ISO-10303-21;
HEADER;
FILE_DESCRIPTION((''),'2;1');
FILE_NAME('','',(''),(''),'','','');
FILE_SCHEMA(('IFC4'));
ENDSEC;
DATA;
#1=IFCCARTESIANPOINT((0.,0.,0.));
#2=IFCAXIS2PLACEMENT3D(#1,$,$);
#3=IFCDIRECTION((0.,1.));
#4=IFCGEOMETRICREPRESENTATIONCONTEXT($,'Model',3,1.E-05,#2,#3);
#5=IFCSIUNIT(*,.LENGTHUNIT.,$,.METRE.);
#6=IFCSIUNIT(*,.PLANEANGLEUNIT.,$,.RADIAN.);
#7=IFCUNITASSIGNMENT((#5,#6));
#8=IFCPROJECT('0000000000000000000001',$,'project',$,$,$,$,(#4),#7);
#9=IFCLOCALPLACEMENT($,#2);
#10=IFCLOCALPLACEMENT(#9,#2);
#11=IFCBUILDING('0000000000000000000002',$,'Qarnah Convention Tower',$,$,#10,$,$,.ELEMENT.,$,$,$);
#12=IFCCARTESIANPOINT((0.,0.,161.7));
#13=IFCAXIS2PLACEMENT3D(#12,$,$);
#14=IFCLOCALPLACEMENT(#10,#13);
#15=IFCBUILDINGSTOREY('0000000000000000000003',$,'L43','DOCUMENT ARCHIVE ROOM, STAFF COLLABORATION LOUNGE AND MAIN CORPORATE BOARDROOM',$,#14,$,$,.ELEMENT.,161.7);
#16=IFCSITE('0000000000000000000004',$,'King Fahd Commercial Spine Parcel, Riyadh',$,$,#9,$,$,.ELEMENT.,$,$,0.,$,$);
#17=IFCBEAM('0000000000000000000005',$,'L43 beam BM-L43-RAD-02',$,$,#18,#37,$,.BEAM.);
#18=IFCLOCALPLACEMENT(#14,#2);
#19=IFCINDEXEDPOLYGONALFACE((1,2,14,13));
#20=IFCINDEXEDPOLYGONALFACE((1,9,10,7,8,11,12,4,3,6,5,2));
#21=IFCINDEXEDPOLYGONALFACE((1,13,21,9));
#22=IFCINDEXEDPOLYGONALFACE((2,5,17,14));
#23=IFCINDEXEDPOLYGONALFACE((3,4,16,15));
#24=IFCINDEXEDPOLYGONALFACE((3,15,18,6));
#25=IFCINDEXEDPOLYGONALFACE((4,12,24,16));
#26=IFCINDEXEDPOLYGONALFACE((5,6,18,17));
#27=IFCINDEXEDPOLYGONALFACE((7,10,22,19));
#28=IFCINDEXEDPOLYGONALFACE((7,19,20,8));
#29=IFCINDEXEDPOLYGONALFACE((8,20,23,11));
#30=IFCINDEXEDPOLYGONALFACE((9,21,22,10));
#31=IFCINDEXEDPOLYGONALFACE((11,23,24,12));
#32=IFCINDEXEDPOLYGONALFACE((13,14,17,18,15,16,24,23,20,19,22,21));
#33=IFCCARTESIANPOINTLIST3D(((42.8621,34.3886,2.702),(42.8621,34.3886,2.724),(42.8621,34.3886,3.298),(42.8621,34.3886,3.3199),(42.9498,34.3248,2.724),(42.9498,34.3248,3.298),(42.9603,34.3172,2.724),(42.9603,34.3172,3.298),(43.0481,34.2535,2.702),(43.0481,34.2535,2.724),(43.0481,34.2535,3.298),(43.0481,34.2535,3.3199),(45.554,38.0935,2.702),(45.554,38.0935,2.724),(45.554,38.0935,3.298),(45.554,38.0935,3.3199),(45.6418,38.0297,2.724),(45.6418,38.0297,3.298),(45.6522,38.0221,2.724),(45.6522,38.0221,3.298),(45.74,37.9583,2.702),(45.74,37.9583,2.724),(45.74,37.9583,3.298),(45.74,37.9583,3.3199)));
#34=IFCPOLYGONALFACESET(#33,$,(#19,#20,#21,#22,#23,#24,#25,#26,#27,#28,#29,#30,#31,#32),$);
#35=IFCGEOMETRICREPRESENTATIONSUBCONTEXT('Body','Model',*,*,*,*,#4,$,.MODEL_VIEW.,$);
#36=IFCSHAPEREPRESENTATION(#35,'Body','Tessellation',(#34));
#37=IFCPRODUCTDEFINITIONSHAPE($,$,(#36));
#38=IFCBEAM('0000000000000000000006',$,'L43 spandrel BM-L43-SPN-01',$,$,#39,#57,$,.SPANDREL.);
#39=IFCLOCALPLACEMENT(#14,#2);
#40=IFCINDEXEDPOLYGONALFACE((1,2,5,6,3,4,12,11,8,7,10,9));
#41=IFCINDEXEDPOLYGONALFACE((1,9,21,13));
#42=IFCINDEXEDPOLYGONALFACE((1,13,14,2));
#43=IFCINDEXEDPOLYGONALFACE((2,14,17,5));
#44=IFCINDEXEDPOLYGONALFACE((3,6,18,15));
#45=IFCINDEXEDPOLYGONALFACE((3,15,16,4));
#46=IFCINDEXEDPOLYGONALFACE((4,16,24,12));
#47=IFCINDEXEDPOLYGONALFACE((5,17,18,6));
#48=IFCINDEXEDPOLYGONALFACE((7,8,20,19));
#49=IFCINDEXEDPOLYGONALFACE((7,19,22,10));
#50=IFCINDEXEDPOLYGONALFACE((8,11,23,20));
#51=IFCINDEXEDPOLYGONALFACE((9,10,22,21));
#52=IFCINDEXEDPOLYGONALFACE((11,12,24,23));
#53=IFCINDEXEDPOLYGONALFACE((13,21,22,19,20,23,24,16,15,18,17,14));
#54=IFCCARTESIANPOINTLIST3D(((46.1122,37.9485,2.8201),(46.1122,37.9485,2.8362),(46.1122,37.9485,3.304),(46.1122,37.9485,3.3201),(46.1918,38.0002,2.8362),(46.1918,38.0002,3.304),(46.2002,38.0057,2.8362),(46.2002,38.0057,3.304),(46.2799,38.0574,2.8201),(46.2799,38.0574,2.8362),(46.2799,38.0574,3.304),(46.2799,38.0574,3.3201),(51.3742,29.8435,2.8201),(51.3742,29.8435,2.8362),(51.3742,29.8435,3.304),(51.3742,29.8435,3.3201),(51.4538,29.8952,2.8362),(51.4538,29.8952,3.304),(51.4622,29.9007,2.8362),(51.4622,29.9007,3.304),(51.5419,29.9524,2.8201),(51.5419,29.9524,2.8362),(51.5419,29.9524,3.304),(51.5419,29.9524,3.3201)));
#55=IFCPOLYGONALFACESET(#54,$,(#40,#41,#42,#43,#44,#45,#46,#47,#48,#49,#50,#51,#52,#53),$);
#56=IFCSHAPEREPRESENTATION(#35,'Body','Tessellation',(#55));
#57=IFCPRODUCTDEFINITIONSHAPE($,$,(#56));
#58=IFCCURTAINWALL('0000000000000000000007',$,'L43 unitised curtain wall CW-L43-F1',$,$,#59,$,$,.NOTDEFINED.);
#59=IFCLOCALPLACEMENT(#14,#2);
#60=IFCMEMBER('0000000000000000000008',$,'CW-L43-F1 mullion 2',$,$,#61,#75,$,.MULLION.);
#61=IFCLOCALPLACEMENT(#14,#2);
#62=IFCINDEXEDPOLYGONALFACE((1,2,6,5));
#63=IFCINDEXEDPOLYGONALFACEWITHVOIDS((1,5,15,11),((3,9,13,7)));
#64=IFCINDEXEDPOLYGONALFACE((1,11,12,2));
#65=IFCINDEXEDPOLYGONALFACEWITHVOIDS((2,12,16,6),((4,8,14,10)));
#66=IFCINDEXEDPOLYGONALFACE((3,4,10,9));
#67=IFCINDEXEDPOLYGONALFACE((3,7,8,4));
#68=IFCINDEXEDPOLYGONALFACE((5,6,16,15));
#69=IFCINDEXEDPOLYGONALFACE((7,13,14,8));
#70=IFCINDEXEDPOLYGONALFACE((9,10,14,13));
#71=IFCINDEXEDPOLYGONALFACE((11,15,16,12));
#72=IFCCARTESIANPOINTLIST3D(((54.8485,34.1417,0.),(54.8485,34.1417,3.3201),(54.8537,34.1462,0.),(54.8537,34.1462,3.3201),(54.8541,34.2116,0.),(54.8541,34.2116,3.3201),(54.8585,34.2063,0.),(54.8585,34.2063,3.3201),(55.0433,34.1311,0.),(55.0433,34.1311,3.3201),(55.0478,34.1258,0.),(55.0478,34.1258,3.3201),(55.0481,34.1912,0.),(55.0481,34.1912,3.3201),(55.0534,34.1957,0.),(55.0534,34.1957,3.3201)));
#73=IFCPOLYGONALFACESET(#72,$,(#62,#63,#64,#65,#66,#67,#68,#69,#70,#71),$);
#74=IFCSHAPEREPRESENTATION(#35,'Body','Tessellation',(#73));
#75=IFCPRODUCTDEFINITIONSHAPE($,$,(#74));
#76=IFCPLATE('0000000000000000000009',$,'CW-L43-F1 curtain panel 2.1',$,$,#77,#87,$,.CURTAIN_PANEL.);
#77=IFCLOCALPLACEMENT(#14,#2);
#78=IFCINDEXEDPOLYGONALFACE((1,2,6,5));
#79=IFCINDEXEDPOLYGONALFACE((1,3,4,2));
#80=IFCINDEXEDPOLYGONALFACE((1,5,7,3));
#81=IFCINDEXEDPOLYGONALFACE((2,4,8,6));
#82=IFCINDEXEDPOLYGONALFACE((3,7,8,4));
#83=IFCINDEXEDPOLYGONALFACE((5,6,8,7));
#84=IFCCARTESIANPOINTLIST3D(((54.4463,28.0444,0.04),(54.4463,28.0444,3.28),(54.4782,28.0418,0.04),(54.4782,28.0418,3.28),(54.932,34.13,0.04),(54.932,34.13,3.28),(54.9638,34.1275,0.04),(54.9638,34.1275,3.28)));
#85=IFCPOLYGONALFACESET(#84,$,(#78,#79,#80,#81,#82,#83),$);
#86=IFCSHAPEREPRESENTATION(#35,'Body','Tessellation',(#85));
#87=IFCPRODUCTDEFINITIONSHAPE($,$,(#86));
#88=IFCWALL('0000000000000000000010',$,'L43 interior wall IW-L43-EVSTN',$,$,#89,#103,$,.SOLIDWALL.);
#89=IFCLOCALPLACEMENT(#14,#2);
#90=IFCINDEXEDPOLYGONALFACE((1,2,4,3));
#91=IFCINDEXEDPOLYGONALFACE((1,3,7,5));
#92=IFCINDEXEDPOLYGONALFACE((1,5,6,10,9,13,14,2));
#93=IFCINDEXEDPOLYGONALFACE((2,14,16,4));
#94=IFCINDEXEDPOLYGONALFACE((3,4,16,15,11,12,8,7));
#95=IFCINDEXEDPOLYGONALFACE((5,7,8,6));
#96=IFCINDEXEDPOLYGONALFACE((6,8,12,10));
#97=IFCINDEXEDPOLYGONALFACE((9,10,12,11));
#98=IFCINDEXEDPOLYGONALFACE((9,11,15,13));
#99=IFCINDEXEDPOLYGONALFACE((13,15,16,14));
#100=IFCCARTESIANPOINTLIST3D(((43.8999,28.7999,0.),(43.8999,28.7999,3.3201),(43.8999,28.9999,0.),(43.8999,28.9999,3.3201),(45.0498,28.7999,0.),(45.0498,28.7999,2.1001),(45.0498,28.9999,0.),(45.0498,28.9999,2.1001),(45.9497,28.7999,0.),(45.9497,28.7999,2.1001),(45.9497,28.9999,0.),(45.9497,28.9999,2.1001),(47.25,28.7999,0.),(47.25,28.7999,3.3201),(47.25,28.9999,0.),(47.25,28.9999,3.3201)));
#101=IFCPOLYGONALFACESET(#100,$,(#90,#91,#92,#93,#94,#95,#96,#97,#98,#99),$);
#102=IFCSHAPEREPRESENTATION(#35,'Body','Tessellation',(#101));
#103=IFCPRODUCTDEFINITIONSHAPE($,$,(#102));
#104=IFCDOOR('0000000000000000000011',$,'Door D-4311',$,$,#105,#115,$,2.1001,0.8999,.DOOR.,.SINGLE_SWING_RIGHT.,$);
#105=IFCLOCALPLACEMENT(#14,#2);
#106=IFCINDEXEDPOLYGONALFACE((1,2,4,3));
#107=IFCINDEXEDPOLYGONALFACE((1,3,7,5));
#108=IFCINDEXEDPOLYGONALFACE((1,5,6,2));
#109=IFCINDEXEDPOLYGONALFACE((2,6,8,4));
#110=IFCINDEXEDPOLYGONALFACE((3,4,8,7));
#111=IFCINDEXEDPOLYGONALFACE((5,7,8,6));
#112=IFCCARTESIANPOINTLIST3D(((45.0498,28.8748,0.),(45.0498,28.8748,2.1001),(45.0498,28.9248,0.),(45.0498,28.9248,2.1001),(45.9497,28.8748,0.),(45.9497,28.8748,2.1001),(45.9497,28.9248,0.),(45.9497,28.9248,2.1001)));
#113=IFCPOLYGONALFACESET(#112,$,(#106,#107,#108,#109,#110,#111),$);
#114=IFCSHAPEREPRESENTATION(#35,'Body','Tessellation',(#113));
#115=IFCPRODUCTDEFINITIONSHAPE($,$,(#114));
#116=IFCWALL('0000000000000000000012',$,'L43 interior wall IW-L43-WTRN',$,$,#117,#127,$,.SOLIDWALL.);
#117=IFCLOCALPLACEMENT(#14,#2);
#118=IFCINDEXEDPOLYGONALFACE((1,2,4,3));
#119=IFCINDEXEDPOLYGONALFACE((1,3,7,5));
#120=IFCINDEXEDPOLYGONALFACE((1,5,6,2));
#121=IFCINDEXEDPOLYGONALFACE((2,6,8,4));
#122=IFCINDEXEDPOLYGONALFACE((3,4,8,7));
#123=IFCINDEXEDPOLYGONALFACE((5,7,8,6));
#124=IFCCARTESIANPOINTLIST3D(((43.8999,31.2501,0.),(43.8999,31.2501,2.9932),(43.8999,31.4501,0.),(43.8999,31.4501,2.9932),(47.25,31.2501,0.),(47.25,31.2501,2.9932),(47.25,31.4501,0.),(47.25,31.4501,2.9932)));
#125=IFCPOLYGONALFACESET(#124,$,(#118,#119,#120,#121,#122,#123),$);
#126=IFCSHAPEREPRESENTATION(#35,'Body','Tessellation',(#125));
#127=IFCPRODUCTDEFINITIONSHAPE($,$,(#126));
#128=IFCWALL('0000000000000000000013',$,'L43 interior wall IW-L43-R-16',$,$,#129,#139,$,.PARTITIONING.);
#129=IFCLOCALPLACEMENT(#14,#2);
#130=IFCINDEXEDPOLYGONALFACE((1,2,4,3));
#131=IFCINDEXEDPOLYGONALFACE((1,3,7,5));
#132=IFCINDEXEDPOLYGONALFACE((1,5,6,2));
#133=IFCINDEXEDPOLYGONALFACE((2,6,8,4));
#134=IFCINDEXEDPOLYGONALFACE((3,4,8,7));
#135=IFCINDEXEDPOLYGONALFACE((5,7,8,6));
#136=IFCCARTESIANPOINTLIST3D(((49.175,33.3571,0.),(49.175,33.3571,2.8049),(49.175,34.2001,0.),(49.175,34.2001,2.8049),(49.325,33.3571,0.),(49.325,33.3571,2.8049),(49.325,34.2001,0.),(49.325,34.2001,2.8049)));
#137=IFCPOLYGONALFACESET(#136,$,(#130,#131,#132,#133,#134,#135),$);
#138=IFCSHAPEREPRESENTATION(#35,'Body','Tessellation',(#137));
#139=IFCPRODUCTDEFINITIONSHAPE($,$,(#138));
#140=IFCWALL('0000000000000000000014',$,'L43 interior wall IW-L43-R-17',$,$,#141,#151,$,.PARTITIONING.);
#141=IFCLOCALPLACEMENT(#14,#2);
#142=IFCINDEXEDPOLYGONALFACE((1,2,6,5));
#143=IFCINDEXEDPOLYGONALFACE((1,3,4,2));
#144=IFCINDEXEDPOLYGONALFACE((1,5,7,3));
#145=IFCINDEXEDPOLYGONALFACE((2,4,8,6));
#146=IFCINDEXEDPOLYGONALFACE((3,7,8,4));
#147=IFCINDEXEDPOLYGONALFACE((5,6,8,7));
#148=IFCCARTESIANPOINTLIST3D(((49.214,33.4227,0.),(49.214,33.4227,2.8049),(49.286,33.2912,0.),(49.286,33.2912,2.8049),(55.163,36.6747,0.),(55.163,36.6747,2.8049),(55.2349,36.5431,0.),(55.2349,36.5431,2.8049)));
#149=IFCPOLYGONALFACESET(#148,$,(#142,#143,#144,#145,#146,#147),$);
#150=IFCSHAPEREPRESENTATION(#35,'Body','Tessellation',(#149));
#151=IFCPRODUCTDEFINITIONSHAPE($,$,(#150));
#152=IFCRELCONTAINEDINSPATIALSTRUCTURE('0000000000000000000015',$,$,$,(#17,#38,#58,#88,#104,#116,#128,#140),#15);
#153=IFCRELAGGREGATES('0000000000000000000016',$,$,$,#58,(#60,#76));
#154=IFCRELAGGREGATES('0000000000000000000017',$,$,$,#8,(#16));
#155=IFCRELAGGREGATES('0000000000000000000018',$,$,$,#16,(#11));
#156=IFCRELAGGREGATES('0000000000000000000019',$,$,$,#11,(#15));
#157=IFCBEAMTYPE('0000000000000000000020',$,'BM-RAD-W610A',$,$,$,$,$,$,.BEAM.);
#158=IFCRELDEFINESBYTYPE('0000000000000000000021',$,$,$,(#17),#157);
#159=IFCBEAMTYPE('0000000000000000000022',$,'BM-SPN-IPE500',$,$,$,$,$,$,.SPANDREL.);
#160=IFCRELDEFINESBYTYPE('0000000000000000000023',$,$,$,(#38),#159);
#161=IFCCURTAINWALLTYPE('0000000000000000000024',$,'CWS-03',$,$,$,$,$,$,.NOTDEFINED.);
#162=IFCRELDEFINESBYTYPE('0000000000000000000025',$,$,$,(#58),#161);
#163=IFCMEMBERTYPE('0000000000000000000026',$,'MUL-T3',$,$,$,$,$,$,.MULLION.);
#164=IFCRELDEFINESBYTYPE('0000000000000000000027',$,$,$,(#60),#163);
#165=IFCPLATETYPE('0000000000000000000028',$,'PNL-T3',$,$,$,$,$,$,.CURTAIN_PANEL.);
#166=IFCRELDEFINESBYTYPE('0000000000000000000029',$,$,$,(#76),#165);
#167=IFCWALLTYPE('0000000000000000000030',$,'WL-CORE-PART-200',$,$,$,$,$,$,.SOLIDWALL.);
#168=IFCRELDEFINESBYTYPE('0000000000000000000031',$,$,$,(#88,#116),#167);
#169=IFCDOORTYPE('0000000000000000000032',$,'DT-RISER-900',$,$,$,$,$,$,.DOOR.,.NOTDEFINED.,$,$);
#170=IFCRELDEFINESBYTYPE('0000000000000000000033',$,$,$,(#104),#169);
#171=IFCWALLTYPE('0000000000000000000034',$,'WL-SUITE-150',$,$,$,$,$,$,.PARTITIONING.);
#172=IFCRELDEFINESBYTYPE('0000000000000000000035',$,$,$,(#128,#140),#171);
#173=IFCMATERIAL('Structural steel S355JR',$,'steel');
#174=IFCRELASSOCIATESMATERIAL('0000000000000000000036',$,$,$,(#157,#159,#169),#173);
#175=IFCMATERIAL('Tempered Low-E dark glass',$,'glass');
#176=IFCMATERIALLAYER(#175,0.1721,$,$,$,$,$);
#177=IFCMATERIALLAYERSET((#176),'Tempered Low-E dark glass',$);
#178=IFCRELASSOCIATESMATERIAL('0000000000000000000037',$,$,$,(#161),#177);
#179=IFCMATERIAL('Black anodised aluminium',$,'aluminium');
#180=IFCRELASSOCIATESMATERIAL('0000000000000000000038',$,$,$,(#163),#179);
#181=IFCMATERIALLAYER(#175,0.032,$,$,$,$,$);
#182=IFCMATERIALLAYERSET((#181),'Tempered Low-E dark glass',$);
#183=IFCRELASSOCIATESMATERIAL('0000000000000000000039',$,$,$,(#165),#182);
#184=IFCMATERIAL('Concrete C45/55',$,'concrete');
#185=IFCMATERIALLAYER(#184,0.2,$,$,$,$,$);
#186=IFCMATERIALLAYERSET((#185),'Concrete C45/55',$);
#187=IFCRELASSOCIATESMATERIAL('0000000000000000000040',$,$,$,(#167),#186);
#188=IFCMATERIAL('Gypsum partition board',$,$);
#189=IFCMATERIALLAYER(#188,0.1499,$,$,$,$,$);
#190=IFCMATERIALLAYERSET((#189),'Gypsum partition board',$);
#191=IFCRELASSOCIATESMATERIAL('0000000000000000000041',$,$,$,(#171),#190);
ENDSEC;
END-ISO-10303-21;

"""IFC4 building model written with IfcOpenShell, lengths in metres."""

from ifc_helpers import new_model, si_unit, direction, frame, frame_2d, origin, origin_2d, place, context, subcontext, project, spatial, rectangle, hollow_rectangle, i_section, extrude, material, layer, layer_set, material_profile, profile_set, type_object, element, fill, aggregate, save


model = new_model("IFC4")

# Units and contexts
model_context = context("Model", 3, precision=1e-05, world=origin(), true_north=direction((0.0, 1.0)))
body_context = subcontext(model_context, "Body", "Model", "MODEL_VIEW")
ifc_project = project(units=[si_unit("LENGTHUNIT", "METRE"), si_unit("PLANEANGLEUNIT", "RADIAN")], contexts=[model_context])

# Site, building, storey
site_placement = place(None, origin())
site = spatial("IfcSite", under=ifc_project, at=site_placement, Name="King Fahd Commercial Spine Parcel, Riyadh", CompositionType="ELEMENT", RefElevation=0.0)
building_placement = place(site_placement, origin())
building = spatial("IfcBuilding", under=site, at=building_placement, Name="Qarnah Convention Tower", CompositionType="ELEMENT")
storey_placement = place(building_placement, frame((0.0, 0.0, 161.7)))
storey = spatial("IfcBuildingStorey", under=building, at=storey_placement, Name="L43", Description="DOCUMENT ARCHIVE ROOM, STAFF COLLABORATION LOUNGE AND MAIN CORPORATE BOARDROOM", CompositionType="ELEMENT", Elevation=161.7)

# Beams
ifc_material_1 = material(Name="Structural steel S355JR", Category="steel")
ifc_material_profile_1 = material_profile(ifc_material_1, i_section(OverallWidth=0.23, OverallDepth=0.6179, WebThickness=0.0129, FlangeThickness=0.022, at=origin_2d()), Name="W610X140")
ifc_profile_set_1 = profile_set([ifc_material_profile_1], Name="Structural steel S355JR")
beam_type_1 = type_object("IfcBeamType", Name="BM-RAD-W610A", PredefinedType="BEAM", material=ifc_profile_set_1)
beam_1_placement = place(storey_placement, frame((42.9551, 34.321, 3.011), z_axis=(0.58781, 0.808999, 0.0), x_axis=(-0.808999, 0.58781, 0.0)))
element("IfcBeam", 1, at=beam_1_placement, inside=storey, type_object=beam_type_1, Name="L43 beam BM-L43-RAD-02", PredefinedType="BEAM", context=body_context, shape_type="SweptSolid", body=[
    extrude(i_section(OverallWidth=0.23, OverallDepth=0.6179, WebThickness=0.0129, FlangeThickness=0.022, at=origin_2d()), origin(), (0.0, 0.0, 1.0), 4.5796),
])
ifc_material_profile_2 = material_profile(ifc_material_1, i_section(OverallWidth=0.2, OverallDepth=0.5, WebThickness=0.01, FlangeThickness=0.0161, at=origin_2d()), Name="IPE500")
ifc_profile_set_2 = profile_set([ifc_material_profile_2], Name="Structural steel S355JR")
beam_type_2 = type_object("IfcBeamType", Name="BM-SPN-IPE500", PredefinedType="SPANDREL", material=ifc_profile_set_2)
beam_2_placement = place(storey_placement, frame((51.458, 29.8979, 3.0701), z_axis=(-0.544532, 0.83874, 0.0), x_axis=(-0.83874, -0.544532, 0.0)))
element("IfcBeam", 2, at=beam_2_placement, inside=storey, type_object=beam_type_2, Name="L43 spandrel BM-L43-SPN-01", PredefinedType="SPANDREL", context=body_context, shape_type="SweptSolid", body=[
    extrude(i_section(OverallWidth=0.2, OverallDepth=0.5, WebThickness=0.01, FlangeThickness=0.0161, at=origin_2d()), origin(), (0.0, 0.0, 1.0), 9.6633),
])

# Curtain wall, member, plate
ifc_material_2 = material(Name="Tempered Low-E dark glass", Category="glass")
ifc_layer_1 = layer(ifc_material_2, 0.1721)
ifc_layer_set_1 = layer_set([ifc_layer_1], Name="Tempered Low-E dark glass")
curtain_wall_type = type_object("IfcCurtainWallType", Name="CWS-03", PredefinedType="NOTDEFINED", material=ifc_layer_set_1)
curtain_wall_placement = place(storey_placement, origin())
curtain_wall = element("IfcCurtainWall", 3, at=curtain_wall_placement, inside=storey, type_object=curtain_wall_type, Name="L43 unitised curtain wall CW-L43-F1", PredefinedType="NOTDEFINED")
ifc_material_3 = material(Name="Black anodised aluminium", Category="aluminium")
ifc_material_profile_3 = material_profile(ifc_material_3, hollow_rectangle(XDim=0.0701, YDim=0.2, WallThickness=0.0049, at=origin_2d()), Name="MUL-70X200")
ifc_profile_set_3 = profile_set([ifc_material_profile_3], Name="Black anodised aluminium")
member_type = type_object("IfcMemberType", Name="MUL-T3", PredefinedType="MULLION", material=ifc_profile_set_3)
member_placement = place(storey_placement, frame((54.9509, 34.1687, 0.0), z_axis=(0.0, 0.0, 1.0), x_axis=(-0.079547, -0.996831, 0.0)))
member = element("IfcMember", 4, at=member_placement, type_object=member_type, Name="CW-L43-F1 mullion 2", PredefinedType="MULLION", context=body_context, shape_type="SweptSolid", body=[
    extrude(hollow_rectangle(XDim=0.0701, YDim=0.2, WallThickness=0.0049, at=origin_2d()), origin(), (0.0, 0.0, 1.0), 3.3201),
])
ifc_layer_2 = layer(ifc_material_2, 0.032)
ifc_layer_set_2 = layer_set([ifc_layer_2], Name="Tempered Low-E dark glass")
plate_type = type_object("IfcPlateType", Name="PNL-T3", PredefinedType="CURTAIN_PANEL", material=ifc_layer_set_2)
plate_placement = place(storey_placement, frame((54.7051, 31.0859, 0.04), z_axis=(0.0, 0.0, 1.0), x_axis=(-0.079547, -0.996831, 0.0)))
plate = element("IfcPlate", 5, at=plate_placement, type_object=plate_type, Name="CW-L43-F1 curtain panel 2.1", PredefinedType="CURTAIN_PANEL", context=body_context, shape_type="SweptSolid", body=[
    extrude(rectangle(XDim=6.105, YDim=0.032, at=origin_2d()), origin(), (0.0, 0.0, 1.0), 3.24),
])
aggregate(curtain_wall, [member, plate])

# Wall, opening, door
ifc_material_4 = material(Name="Concrete C45/55", Category="concrete")
ifc_layer_3 = layer(ifc_material_4, 0.2)
ifc_layer_set_3 = layer_set([ifc_layer_3], Name="Concrete C45/55")
wall_type_1 = type_object("IfcWallType", Name="WL-CORE-PART-200", PredefinedType="SOLIDWALL", material=ifc_layer_set_3)
wall_1_placement = place(storey_placement, frame((43.8999, 28.8999, 0.0), z_axis=(0.0, 0.0, 1.0), x_axis=(1.0, 0.0, 0.0)))
wall_1 = element("IfcWall", 6, at=wall_1_placement, inside=storey, type_object=wall_type_1, Name="L43 interior wall IW-L43-EVSTN", PredefinedType="SOLIDWALL", context=body_context, shape_type="SweptSolid", body=[
    extrude(rectangle(XDim=3.3501, YDim=0.2, at=frame_2d((1.675, 0.0))), origin(), (0.0, 0.0, 1.0), 3.3201),
])
opening_1_placement = place(wall_1_placement, frame((1.1499, 0.0, 0.0)))
opening_1 = element("IfcOpeningElement", 7, at=opening_1_placement, cuts=wall_1, PredefinedType="OPENING", context=body_context, shape_type="SweptSolid", body=[
    extrude(rectangle(XDim=0.8999, YDim=2.1001, at=frame_2d((0.45, 1.05))), frame((0.0, 0.1099, 0.0), z_axis=(0.0, -1.0, 0.0), x_axis=(1.0, 0.0, 0.0)), (0.0, 0.0, 1.0), 0.22),
])
door_type_1 = type_object("IfcDoorType", Name="DT-RISER-900", OperationType="NOTDEFINED", PredefinedType="DOOR", material=ifc_material_1)
door_1_placement = place(opening_1_placement, origin())
door_1 = element("IfcDoor", 8, at=door_1_placement, inside=storey, type_object=door_type_1, Name="Door D-4311", OperationType="SINGLE_SWING_RIGHT", OverallHeight=2.1001, OverallWidth=0.8999, PredefinedType="DOOR", context=body_context, shape_type="SweptSolid", body=[
    extrude(rectangle(XDim=0.8999, YDim=2.1001, at=frame_2d((0.45, 1.05))), frame((0.0, 0.0249, 0.0), z_axis=(0.0, -1.0, 0.0), x_axis=(1.0, 0.0, 0.0)), (0.0, 0.0, 1.0), 0.05),
])
fill(opening_1, door_1)

# Walls
wall_2_placement = place(storey_placement, frame((43.8999, 31.3501, 0.0), z_axis=(0.0, 0.0, 1.0), x_axis=(1.0, 0.0, 0.0)))
element("IfcWall", 9, at=wall_2_placement, inside=storey, type_object=wall_type_1, Name="L43 interior wall IW-L43-WTRN", PredefinedType="SOLIDWALL", context=body_context, shape_type="SweptSolid", body=[
    extrude(rectangle(XDim=3.3501, YDim=0.2, at=frame_2d((1.675, 0.0))), origin(), (0.0, 0.0, 1.0), 2.9932),
])
ifc_material_5 = material(Name="Gypsum partition board")
ifc_layer_4 = layer(ifc_material_5, 0.1499)
ifc_layer_set_4 = layer_set([ifc_layer_4], Name="Gypsum partition board")
wall_type_2 = type_object("IfcWallType", Name="WL-SUITE-150", PredefinedType="PARTITIONING", material=ifc_layer_set_4)
wall_3_placement = place(storey_placement, frame((49.25, 34.2, 0.0), z_axis=(0.0, 0.0, 1.0), x_axis=(0.0, -1.0, 0.0)))
element("IfcWall", 10, at=wall_3_placement, inside=storey, type_object=wall_type_2, Name="L43 interior wall IW-L43-R-16", PredefinedType="PARTITIONING", context=body_context, shape_type="SweptSolid", body=[
    extrude(rectangle(XDim=0.843, YDim=0.1499, at=frame_2d((0.4214, 0.0))), origin(), (0.0, 0.0, 1.0), 2.8049),
])
wall_4_placement = place(storey_placement, frame((49.25, 33.3569, 0.0), z_axis=(0.0, 0.0, 1.0), x_axis=(0.877458, 0.479654, 0.0)))
element("IfcWall", 11, at=wall_4_placement, inside=storey, type_object=wall_type_2, Name="L43 interior wall IW-L43-R-17", PredefinedType="PARTITIONING", context=body_context, shape_type="SweptSolid", body=[
    extrude(rectangle(XDim=6.7798, YDim=0.1499, at=frame_2d((3.3899, 0.0))), origin(), (0.0, 0.0, 1.0), 2.8049),
])

save(model, "model.ifc")
